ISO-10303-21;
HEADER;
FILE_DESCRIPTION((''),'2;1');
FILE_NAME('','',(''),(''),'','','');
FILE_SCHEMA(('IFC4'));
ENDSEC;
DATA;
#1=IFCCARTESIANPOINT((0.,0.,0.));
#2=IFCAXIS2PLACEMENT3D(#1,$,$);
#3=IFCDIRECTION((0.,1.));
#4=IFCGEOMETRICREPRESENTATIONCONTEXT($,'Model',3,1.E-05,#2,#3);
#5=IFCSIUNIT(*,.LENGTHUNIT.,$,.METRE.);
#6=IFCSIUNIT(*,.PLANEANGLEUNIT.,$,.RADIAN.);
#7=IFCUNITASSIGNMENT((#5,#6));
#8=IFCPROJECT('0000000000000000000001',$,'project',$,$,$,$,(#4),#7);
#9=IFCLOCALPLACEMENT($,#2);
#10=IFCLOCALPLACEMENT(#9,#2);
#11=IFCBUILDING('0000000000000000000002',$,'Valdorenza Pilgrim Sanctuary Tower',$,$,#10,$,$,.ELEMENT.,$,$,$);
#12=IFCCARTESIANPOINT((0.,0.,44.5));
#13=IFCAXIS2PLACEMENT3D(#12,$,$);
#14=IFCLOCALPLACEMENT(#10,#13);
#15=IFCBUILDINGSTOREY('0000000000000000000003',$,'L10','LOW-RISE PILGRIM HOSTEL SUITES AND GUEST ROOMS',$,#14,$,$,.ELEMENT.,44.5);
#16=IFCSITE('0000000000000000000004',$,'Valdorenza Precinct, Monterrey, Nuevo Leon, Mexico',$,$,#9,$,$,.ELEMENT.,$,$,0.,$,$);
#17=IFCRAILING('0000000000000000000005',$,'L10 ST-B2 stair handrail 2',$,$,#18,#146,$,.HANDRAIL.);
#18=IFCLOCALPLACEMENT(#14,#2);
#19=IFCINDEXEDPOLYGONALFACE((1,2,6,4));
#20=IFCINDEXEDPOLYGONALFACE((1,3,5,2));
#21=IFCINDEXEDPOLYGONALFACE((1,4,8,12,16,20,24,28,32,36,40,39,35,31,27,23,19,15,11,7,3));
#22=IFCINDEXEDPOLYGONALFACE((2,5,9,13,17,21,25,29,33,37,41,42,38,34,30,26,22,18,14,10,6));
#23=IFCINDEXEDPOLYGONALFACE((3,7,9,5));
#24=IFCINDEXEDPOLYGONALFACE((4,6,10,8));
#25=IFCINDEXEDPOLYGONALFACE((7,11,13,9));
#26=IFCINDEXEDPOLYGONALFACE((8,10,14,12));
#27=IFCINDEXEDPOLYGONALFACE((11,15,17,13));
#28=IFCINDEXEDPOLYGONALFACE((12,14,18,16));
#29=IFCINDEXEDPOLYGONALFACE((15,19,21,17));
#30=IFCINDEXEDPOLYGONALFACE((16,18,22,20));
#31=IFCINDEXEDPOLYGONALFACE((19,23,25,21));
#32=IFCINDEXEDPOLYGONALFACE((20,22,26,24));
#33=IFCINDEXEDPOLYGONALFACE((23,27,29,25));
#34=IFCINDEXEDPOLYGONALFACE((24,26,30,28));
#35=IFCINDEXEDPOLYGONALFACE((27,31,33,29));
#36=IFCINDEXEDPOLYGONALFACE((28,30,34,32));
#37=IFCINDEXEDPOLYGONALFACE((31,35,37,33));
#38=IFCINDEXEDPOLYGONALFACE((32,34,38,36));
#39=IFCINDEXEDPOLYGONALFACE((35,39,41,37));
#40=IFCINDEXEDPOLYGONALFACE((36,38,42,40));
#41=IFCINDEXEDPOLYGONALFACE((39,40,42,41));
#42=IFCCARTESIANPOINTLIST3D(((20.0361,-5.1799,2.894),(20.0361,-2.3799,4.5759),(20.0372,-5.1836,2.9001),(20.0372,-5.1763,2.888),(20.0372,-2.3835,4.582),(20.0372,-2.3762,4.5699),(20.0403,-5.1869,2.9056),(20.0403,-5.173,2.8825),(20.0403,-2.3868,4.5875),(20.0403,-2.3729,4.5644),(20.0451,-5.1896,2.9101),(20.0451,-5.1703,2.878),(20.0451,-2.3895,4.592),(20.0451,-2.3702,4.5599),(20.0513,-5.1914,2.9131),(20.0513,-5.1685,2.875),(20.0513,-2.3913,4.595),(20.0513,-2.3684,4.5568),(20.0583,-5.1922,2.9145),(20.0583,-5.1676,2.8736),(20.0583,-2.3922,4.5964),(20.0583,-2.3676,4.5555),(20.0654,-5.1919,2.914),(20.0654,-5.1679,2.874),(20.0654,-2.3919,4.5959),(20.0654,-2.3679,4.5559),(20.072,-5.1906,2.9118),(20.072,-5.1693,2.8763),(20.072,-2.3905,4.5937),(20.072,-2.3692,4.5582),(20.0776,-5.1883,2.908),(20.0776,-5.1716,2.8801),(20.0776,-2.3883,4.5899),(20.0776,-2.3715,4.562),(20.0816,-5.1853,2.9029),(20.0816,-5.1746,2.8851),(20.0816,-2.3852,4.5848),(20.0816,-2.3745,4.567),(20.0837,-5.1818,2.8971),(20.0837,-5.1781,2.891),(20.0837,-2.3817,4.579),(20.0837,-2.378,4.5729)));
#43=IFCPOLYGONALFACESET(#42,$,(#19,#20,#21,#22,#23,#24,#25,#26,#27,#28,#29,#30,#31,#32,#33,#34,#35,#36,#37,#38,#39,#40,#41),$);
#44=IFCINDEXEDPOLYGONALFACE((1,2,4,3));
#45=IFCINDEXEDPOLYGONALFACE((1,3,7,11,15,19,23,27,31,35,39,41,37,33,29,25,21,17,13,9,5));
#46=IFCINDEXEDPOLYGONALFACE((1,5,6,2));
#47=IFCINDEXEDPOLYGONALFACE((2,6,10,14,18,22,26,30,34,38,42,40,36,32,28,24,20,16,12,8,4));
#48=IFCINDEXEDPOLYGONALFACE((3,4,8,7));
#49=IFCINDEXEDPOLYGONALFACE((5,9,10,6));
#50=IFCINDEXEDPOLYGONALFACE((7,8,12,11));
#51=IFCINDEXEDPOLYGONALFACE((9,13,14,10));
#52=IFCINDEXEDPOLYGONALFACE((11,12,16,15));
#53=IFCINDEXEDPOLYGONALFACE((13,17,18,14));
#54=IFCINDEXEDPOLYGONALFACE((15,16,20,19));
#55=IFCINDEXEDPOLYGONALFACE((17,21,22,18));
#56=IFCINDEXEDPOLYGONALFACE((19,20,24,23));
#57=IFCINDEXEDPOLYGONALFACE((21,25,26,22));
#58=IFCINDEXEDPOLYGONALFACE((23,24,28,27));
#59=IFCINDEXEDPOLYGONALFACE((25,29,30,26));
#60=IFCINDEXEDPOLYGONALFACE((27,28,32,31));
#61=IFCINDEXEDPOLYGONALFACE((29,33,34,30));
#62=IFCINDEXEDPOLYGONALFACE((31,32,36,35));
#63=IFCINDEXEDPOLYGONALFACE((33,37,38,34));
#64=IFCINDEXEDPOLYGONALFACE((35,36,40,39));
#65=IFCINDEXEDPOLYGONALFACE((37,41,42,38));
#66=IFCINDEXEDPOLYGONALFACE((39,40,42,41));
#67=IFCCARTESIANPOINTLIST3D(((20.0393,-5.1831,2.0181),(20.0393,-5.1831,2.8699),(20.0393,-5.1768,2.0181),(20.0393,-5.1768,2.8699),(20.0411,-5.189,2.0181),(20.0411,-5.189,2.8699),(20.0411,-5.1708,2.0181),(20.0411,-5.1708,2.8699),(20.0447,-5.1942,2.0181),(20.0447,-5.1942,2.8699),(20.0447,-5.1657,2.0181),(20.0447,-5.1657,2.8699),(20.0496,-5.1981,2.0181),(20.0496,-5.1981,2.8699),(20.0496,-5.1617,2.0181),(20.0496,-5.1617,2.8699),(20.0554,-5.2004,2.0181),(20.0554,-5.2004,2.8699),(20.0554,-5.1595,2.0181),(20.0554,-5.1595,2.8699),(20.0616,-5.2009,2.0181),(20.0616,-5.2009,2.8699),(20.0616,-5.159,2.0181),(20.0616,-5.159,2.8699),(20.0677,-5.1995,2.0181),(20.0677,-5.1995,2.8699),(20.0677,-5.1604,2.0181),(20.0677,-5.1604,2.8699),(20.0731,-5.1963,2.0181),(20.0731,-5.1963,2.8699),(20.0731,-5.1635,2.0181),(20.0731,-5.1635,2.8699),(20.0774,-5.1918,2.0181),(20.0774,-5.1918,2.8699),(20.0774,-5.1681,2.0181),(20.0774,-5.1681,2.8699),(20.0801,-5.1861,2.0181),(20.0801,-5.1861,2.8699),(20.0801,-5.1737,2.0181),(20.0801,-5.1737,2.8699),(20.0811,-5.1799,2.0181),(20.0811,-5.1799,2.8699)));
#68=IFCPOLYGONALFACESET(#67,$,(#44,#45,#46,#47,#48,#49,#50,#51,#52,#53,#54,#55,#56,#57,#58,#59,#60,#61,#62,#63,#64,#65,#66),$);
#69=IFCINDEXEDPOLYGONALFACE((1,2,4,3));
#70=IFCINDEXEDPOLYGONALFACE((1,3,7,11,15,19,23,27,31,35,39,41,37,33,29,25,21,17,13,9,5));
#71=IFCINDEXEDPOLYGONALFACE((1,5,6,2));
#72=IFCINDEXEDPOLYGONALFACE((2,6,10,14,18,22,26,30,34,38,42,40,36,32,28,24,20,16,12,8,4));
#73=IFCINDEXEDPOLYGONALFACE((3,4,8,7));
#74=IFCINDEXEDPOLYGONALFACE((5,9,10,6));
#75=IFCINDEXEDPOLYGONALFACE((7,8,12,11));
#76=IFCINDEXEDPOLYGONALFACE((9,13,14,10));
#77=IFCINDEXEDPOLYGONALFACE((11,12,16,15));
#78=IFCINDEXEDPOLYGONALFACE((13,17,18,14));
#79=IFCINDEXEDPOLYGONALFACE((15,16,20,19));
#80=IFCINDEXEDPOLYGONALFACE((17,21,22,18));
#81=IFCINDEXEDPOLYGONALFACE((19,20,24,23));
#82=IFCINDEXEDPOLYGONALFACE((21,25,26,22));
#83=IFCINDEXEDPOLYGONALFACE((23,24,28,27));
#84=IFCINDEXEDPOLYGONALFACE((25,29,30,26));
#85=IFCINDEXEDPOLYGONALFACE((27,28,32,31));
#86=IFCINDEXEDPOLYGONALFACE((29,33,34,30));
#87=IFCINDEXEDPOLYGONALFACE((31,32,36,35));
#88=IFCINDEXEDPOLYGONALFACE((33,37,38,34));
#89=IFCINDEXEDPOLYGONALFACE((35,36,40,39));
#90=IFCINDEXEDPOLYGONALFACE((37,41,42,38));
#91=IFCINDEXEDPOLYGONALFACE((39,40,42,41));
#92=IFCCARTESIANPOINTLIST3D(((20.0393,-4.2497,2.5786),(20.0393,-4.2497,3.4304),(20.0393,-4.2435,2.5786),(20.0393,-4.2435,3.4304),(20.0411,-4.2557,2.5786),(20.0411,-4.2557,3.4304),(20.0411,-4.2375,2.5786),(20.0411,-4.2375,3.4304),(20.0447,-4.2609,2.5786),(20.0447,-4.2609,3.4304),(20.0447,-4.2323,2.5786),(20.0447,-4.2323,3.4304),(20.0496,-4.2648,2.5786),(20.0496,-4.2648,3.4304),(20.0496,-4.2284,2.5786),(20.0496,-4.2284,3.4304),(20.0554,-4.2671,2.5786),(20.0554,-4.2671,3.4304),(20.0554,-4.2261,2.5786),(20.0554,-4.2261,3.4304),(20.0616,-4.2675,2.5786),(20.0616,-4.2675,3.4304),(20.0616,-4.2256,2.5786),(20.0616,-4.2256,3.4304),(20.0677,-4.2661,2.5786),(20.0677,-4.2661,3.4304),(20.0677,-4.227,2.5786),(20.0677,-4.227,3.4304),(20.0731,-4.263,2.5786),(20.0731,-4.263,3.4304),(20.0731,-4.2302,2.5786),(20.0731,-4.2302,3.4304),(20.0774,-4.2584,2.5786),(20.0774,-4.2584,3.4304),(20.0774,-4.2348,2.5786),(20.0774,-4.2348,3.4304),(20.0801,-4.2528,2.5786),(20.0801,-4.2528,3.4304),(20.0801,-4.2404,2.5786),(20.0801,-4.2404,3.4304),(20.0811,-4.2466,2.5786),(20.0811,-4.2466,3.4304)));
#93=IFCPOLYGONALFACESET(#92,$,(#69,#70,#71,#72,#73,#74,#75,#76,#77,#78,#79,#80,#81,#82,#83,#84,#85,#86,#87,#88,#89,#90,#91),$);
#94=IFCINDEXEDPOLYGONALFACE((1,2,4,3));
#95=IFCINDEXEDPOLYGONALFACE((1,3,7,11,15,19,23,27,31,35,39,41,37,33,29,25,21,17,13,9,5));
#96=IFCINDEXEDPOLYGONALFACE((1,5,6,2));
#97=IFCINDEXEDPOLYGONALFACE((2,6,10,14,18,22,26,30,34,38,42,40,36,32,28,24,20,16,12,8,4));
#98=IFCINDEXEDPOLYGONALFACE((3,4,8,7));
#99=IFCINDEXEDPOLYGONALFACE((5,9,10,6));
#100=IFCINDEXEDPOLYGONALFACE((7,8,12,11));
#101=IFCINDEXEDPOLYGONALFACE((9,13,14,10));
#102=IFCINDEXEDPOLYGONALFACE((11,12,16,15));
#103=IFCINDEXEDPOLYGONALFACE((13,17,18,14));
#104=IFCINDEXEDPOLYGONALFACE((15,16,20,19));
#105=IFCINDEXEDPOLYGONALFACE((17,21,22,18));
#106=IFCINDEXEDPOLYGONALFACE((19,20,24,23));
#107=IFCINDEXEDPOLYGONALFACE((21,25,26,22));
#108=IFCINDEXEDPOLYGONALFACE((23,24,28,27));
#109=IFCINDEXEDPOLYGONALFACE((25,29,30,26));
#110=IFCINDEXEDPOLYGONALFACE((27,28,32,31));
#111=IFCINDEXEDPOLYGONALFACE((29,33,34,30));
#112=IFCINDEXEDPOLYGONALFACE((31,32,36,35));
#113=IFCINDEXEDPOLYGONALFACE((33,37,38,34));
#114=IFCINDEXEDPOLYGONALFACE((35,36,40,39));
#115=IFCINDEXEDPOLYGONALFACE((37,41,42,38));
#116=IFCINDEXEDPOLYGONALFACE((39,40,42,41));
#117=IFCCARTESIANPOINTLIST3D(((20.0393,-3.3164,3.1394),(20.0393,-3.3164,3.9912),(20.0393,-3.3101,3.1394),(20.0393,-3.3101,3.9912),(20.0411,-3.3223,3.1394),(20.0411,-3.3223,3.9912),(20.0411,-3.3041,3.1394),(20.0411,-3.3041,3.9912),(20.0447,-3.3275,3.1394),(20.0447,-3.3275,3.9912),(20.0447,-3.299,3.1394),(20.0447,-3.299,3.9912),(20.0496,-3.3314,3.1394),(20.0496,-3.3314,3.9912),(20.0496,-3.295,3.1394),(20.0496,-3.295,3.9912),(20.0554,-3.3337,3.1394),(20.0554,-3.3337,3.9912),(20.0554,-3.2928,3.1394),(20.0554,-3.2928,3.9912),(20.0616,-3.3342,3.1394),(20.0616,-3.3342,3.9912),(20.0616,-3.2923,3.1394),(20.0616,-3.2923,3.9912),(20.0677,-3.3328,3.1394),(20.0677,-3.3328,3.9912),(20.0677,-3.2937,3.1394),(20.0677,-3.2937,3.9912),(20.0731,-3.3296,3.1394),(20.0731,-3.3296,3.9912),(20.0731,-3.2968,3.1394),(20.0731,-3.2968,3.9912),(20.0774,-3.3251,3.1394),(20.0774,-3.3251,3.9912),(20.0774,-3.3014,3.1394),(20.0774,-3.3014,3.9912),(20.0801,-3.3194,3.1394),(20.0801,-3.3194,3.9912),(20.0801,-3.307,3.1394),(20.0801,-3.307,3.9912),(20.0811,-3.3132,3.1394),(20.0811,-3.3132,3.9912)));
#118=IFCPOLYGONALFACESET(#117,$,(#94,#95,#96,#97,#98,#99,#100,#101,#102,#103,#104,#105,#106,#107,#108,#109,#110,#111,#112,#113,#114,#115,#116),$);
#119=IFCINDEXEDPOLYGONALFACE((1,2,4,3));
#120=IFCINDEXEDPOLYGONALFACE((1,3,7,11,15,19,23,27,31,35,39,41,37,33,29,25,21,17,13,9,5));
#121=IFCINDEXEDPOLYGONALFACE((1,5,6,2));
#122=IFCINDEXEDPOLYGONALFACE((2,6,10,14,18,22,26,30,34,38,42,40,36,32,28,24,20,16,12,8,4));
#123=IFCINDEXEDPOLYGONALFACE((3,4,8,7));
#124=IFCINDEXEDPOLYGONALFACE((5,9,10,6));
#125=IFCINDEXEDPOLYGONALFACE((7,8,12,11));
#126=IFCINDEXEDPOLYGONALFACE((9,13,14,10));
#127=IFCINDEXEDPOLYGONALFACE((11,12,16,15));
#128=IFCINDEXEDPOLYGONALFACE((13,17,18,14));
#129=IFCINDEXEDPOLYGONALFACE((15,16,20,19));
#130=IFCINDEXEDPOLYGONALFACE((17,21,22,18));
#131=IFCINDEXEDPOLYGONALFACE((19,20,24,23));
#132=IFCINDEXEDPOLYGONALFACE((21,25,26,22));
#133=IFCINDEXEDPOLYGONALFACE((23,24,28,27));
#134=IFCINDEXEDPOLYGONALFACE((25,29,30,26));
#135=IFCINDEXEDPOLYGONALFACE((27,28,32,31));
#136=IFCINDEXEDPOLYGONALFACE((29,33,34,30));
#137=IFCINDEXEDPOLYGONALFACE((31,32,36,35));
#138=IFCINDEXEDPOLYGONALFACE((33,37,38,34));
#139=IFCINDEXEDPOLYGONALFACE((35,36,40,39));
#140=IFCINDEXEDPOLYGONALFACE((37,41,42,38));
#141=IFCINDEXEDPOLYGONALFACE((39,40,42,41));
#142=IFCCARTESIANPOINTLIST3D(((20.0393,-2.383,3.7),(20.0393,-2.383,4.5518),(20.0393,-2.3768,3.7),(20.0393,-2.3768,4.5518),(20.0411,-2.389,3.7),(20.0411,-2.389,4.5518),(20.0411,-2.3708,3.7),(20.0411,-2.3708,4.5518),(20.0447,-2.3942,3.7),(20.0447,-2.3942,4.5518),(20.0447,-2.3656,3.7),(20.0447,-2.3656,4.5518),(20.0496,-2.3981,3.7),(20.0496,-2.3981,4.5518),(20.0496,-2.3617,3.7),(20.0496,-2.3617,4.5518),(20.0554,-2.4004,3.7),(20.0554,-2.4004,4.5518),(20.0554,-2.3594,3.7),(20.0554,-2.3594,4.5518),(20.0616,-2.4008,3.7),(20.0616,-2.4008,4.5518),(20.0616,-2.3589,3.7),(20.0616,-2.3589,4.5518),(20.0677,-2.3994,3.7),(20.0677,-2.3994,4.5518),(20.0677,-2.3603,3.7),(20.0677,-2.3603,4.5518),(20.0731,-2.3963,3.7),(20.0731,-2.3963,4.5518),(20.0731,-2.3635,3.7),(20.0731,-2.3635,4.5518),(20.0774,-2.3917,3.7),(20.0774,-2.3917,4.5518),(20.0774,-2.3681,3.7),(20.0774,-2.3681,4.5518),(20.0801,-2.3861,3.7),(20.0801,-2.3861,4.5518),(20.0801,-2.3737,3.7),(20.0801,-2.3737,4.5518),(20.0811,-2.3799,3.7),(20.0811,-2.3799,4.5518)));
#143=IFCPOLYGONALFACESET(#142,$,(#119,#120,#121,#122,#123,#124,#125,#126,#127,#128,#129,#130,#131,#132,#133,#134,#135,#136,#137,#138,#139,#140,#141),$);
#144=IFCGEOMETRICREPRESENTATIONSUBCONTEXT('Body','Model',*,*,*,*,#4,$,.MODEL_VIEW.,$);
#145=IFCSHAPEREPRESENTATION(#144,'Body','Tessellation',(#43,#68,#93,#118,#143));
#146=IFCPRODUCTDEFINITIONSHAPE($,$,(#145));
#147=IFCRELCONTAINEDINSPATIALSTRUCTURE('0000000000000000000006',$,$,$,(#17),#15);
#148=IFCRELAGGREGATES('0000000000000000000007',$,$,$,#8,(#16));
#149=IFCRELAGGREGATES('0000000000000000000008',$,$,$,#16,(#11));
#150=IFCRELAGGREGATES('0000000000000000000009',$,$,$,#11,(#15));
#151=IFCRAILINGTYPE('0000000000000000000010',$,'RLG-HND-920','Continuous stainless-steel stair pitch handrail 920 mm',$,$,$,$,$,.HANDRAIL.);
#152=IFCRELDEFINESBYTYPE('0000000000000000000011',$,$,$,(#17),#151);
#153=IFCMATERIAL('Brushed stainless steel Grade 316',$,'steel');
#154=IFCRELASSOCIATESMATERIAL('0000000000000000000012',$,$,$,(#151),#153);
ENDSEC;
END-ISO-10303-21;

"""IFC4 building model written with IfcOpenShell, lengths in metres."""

from ifc_helpers import new_model, si_unit, direction, frame, origin, origin_2d, place, context, subcontext, project, spatial, circle, extrude, material, type_object, element, save


model = new_model("IFC4")

# Units and contexts
model_context = context("Model", 3, precision=1e-05, world=origin(), true_north=direction((0.0, 1.0)))
body_context = subcontext(model_context, "Body", "Model", "MODEL_VIEW")
ifc_project = project(units=[si_unit("LENGTHUNIT", "METRE"), si_unit("PLANEANGLEUNIT", "RADIAN")], contexts=[model_context])

# Site, building, storey
site_placement = place(None, origin())
site = spatial("IfcSite", under=ifc_project, at=site_placement, Name="Valdorenza Precinct, Monterrey, Nuevo Leon, Mexico", CompositionType="ELEMENT", RefElevation=0.0)
building_placement = place(site_placement, origin())
building = spatial("IfcBuilding", under=site, at=building_placement, Name="Valdorenza Pilgrim Sanctuary Tower", CompositionType="ELEMENT")
storey_placement = place(building_placement, frame((0.0, 0.0, 44.5)))
storey = spatial("IfcBuildingStorey", under=building, at=storey_placement, Name="L10", Description="LOW-RISE PILGRIM HOSTEL SUITES AND GUEST ROOMS", CompositionType="ELEMENT", Elevation=44.5)

# Shared definitions
ifc_material_1 = material(Name="Brushed stainless steel Grade 316", Category="steel")

# Railing
railing_type_1 = type_object("IfcRailingType", Name="RLG-HND-920", Description="Continuous stainless-steel stair pitch handrail 920 mm", PredefinedType="HANDRAIL", material=ifc_material_1)
railing_1_placement = place(storey_placement, frame((20.0601, -5.1799, 2.0181)))
element("IfcRailing", 1, at=railing_1_placement, inside=storey, type_object=railing_type_1, Name="L10 ST-B2 stair handrail 2", PredefinedType="HANDRAIL", context=body_context, shape_type="SweptSolid", body=[
    extrude(circle(Radius=0.0239, at=origin_2d()), frame((0.0, 0.0, 0.876), z_axis=(0.0, 0.857242, 0.514913), x_axis=(-1.0, 0.0, 0.0)), (0.0, 0.0, 1.0), 3.2664),
    extrude(circle(Radius=0.021, at=origin_2d()), origin(), (0.0, 0.0, 1.0), 0.8518),
    extrude(circle(Radius=0.021, at=origin_2d()), frame((0.0, 0.9333, 0.5605)), (0.0, 0.0, 1.0), 0.8518),
    extrude(circle(Radius=0.021, at=origin_2d()), frame((0.0, 1.8667, 1.1213)), (0.0, 0.0, 1.0), 0.8518),
    extrude(circle(Radius=0.021, at=origin_2d()), frame((0.0, 2.8, 1.6819)), (0.0, 0.0, 1.0), 0.8518),
])

save(model, "model.ifc")
